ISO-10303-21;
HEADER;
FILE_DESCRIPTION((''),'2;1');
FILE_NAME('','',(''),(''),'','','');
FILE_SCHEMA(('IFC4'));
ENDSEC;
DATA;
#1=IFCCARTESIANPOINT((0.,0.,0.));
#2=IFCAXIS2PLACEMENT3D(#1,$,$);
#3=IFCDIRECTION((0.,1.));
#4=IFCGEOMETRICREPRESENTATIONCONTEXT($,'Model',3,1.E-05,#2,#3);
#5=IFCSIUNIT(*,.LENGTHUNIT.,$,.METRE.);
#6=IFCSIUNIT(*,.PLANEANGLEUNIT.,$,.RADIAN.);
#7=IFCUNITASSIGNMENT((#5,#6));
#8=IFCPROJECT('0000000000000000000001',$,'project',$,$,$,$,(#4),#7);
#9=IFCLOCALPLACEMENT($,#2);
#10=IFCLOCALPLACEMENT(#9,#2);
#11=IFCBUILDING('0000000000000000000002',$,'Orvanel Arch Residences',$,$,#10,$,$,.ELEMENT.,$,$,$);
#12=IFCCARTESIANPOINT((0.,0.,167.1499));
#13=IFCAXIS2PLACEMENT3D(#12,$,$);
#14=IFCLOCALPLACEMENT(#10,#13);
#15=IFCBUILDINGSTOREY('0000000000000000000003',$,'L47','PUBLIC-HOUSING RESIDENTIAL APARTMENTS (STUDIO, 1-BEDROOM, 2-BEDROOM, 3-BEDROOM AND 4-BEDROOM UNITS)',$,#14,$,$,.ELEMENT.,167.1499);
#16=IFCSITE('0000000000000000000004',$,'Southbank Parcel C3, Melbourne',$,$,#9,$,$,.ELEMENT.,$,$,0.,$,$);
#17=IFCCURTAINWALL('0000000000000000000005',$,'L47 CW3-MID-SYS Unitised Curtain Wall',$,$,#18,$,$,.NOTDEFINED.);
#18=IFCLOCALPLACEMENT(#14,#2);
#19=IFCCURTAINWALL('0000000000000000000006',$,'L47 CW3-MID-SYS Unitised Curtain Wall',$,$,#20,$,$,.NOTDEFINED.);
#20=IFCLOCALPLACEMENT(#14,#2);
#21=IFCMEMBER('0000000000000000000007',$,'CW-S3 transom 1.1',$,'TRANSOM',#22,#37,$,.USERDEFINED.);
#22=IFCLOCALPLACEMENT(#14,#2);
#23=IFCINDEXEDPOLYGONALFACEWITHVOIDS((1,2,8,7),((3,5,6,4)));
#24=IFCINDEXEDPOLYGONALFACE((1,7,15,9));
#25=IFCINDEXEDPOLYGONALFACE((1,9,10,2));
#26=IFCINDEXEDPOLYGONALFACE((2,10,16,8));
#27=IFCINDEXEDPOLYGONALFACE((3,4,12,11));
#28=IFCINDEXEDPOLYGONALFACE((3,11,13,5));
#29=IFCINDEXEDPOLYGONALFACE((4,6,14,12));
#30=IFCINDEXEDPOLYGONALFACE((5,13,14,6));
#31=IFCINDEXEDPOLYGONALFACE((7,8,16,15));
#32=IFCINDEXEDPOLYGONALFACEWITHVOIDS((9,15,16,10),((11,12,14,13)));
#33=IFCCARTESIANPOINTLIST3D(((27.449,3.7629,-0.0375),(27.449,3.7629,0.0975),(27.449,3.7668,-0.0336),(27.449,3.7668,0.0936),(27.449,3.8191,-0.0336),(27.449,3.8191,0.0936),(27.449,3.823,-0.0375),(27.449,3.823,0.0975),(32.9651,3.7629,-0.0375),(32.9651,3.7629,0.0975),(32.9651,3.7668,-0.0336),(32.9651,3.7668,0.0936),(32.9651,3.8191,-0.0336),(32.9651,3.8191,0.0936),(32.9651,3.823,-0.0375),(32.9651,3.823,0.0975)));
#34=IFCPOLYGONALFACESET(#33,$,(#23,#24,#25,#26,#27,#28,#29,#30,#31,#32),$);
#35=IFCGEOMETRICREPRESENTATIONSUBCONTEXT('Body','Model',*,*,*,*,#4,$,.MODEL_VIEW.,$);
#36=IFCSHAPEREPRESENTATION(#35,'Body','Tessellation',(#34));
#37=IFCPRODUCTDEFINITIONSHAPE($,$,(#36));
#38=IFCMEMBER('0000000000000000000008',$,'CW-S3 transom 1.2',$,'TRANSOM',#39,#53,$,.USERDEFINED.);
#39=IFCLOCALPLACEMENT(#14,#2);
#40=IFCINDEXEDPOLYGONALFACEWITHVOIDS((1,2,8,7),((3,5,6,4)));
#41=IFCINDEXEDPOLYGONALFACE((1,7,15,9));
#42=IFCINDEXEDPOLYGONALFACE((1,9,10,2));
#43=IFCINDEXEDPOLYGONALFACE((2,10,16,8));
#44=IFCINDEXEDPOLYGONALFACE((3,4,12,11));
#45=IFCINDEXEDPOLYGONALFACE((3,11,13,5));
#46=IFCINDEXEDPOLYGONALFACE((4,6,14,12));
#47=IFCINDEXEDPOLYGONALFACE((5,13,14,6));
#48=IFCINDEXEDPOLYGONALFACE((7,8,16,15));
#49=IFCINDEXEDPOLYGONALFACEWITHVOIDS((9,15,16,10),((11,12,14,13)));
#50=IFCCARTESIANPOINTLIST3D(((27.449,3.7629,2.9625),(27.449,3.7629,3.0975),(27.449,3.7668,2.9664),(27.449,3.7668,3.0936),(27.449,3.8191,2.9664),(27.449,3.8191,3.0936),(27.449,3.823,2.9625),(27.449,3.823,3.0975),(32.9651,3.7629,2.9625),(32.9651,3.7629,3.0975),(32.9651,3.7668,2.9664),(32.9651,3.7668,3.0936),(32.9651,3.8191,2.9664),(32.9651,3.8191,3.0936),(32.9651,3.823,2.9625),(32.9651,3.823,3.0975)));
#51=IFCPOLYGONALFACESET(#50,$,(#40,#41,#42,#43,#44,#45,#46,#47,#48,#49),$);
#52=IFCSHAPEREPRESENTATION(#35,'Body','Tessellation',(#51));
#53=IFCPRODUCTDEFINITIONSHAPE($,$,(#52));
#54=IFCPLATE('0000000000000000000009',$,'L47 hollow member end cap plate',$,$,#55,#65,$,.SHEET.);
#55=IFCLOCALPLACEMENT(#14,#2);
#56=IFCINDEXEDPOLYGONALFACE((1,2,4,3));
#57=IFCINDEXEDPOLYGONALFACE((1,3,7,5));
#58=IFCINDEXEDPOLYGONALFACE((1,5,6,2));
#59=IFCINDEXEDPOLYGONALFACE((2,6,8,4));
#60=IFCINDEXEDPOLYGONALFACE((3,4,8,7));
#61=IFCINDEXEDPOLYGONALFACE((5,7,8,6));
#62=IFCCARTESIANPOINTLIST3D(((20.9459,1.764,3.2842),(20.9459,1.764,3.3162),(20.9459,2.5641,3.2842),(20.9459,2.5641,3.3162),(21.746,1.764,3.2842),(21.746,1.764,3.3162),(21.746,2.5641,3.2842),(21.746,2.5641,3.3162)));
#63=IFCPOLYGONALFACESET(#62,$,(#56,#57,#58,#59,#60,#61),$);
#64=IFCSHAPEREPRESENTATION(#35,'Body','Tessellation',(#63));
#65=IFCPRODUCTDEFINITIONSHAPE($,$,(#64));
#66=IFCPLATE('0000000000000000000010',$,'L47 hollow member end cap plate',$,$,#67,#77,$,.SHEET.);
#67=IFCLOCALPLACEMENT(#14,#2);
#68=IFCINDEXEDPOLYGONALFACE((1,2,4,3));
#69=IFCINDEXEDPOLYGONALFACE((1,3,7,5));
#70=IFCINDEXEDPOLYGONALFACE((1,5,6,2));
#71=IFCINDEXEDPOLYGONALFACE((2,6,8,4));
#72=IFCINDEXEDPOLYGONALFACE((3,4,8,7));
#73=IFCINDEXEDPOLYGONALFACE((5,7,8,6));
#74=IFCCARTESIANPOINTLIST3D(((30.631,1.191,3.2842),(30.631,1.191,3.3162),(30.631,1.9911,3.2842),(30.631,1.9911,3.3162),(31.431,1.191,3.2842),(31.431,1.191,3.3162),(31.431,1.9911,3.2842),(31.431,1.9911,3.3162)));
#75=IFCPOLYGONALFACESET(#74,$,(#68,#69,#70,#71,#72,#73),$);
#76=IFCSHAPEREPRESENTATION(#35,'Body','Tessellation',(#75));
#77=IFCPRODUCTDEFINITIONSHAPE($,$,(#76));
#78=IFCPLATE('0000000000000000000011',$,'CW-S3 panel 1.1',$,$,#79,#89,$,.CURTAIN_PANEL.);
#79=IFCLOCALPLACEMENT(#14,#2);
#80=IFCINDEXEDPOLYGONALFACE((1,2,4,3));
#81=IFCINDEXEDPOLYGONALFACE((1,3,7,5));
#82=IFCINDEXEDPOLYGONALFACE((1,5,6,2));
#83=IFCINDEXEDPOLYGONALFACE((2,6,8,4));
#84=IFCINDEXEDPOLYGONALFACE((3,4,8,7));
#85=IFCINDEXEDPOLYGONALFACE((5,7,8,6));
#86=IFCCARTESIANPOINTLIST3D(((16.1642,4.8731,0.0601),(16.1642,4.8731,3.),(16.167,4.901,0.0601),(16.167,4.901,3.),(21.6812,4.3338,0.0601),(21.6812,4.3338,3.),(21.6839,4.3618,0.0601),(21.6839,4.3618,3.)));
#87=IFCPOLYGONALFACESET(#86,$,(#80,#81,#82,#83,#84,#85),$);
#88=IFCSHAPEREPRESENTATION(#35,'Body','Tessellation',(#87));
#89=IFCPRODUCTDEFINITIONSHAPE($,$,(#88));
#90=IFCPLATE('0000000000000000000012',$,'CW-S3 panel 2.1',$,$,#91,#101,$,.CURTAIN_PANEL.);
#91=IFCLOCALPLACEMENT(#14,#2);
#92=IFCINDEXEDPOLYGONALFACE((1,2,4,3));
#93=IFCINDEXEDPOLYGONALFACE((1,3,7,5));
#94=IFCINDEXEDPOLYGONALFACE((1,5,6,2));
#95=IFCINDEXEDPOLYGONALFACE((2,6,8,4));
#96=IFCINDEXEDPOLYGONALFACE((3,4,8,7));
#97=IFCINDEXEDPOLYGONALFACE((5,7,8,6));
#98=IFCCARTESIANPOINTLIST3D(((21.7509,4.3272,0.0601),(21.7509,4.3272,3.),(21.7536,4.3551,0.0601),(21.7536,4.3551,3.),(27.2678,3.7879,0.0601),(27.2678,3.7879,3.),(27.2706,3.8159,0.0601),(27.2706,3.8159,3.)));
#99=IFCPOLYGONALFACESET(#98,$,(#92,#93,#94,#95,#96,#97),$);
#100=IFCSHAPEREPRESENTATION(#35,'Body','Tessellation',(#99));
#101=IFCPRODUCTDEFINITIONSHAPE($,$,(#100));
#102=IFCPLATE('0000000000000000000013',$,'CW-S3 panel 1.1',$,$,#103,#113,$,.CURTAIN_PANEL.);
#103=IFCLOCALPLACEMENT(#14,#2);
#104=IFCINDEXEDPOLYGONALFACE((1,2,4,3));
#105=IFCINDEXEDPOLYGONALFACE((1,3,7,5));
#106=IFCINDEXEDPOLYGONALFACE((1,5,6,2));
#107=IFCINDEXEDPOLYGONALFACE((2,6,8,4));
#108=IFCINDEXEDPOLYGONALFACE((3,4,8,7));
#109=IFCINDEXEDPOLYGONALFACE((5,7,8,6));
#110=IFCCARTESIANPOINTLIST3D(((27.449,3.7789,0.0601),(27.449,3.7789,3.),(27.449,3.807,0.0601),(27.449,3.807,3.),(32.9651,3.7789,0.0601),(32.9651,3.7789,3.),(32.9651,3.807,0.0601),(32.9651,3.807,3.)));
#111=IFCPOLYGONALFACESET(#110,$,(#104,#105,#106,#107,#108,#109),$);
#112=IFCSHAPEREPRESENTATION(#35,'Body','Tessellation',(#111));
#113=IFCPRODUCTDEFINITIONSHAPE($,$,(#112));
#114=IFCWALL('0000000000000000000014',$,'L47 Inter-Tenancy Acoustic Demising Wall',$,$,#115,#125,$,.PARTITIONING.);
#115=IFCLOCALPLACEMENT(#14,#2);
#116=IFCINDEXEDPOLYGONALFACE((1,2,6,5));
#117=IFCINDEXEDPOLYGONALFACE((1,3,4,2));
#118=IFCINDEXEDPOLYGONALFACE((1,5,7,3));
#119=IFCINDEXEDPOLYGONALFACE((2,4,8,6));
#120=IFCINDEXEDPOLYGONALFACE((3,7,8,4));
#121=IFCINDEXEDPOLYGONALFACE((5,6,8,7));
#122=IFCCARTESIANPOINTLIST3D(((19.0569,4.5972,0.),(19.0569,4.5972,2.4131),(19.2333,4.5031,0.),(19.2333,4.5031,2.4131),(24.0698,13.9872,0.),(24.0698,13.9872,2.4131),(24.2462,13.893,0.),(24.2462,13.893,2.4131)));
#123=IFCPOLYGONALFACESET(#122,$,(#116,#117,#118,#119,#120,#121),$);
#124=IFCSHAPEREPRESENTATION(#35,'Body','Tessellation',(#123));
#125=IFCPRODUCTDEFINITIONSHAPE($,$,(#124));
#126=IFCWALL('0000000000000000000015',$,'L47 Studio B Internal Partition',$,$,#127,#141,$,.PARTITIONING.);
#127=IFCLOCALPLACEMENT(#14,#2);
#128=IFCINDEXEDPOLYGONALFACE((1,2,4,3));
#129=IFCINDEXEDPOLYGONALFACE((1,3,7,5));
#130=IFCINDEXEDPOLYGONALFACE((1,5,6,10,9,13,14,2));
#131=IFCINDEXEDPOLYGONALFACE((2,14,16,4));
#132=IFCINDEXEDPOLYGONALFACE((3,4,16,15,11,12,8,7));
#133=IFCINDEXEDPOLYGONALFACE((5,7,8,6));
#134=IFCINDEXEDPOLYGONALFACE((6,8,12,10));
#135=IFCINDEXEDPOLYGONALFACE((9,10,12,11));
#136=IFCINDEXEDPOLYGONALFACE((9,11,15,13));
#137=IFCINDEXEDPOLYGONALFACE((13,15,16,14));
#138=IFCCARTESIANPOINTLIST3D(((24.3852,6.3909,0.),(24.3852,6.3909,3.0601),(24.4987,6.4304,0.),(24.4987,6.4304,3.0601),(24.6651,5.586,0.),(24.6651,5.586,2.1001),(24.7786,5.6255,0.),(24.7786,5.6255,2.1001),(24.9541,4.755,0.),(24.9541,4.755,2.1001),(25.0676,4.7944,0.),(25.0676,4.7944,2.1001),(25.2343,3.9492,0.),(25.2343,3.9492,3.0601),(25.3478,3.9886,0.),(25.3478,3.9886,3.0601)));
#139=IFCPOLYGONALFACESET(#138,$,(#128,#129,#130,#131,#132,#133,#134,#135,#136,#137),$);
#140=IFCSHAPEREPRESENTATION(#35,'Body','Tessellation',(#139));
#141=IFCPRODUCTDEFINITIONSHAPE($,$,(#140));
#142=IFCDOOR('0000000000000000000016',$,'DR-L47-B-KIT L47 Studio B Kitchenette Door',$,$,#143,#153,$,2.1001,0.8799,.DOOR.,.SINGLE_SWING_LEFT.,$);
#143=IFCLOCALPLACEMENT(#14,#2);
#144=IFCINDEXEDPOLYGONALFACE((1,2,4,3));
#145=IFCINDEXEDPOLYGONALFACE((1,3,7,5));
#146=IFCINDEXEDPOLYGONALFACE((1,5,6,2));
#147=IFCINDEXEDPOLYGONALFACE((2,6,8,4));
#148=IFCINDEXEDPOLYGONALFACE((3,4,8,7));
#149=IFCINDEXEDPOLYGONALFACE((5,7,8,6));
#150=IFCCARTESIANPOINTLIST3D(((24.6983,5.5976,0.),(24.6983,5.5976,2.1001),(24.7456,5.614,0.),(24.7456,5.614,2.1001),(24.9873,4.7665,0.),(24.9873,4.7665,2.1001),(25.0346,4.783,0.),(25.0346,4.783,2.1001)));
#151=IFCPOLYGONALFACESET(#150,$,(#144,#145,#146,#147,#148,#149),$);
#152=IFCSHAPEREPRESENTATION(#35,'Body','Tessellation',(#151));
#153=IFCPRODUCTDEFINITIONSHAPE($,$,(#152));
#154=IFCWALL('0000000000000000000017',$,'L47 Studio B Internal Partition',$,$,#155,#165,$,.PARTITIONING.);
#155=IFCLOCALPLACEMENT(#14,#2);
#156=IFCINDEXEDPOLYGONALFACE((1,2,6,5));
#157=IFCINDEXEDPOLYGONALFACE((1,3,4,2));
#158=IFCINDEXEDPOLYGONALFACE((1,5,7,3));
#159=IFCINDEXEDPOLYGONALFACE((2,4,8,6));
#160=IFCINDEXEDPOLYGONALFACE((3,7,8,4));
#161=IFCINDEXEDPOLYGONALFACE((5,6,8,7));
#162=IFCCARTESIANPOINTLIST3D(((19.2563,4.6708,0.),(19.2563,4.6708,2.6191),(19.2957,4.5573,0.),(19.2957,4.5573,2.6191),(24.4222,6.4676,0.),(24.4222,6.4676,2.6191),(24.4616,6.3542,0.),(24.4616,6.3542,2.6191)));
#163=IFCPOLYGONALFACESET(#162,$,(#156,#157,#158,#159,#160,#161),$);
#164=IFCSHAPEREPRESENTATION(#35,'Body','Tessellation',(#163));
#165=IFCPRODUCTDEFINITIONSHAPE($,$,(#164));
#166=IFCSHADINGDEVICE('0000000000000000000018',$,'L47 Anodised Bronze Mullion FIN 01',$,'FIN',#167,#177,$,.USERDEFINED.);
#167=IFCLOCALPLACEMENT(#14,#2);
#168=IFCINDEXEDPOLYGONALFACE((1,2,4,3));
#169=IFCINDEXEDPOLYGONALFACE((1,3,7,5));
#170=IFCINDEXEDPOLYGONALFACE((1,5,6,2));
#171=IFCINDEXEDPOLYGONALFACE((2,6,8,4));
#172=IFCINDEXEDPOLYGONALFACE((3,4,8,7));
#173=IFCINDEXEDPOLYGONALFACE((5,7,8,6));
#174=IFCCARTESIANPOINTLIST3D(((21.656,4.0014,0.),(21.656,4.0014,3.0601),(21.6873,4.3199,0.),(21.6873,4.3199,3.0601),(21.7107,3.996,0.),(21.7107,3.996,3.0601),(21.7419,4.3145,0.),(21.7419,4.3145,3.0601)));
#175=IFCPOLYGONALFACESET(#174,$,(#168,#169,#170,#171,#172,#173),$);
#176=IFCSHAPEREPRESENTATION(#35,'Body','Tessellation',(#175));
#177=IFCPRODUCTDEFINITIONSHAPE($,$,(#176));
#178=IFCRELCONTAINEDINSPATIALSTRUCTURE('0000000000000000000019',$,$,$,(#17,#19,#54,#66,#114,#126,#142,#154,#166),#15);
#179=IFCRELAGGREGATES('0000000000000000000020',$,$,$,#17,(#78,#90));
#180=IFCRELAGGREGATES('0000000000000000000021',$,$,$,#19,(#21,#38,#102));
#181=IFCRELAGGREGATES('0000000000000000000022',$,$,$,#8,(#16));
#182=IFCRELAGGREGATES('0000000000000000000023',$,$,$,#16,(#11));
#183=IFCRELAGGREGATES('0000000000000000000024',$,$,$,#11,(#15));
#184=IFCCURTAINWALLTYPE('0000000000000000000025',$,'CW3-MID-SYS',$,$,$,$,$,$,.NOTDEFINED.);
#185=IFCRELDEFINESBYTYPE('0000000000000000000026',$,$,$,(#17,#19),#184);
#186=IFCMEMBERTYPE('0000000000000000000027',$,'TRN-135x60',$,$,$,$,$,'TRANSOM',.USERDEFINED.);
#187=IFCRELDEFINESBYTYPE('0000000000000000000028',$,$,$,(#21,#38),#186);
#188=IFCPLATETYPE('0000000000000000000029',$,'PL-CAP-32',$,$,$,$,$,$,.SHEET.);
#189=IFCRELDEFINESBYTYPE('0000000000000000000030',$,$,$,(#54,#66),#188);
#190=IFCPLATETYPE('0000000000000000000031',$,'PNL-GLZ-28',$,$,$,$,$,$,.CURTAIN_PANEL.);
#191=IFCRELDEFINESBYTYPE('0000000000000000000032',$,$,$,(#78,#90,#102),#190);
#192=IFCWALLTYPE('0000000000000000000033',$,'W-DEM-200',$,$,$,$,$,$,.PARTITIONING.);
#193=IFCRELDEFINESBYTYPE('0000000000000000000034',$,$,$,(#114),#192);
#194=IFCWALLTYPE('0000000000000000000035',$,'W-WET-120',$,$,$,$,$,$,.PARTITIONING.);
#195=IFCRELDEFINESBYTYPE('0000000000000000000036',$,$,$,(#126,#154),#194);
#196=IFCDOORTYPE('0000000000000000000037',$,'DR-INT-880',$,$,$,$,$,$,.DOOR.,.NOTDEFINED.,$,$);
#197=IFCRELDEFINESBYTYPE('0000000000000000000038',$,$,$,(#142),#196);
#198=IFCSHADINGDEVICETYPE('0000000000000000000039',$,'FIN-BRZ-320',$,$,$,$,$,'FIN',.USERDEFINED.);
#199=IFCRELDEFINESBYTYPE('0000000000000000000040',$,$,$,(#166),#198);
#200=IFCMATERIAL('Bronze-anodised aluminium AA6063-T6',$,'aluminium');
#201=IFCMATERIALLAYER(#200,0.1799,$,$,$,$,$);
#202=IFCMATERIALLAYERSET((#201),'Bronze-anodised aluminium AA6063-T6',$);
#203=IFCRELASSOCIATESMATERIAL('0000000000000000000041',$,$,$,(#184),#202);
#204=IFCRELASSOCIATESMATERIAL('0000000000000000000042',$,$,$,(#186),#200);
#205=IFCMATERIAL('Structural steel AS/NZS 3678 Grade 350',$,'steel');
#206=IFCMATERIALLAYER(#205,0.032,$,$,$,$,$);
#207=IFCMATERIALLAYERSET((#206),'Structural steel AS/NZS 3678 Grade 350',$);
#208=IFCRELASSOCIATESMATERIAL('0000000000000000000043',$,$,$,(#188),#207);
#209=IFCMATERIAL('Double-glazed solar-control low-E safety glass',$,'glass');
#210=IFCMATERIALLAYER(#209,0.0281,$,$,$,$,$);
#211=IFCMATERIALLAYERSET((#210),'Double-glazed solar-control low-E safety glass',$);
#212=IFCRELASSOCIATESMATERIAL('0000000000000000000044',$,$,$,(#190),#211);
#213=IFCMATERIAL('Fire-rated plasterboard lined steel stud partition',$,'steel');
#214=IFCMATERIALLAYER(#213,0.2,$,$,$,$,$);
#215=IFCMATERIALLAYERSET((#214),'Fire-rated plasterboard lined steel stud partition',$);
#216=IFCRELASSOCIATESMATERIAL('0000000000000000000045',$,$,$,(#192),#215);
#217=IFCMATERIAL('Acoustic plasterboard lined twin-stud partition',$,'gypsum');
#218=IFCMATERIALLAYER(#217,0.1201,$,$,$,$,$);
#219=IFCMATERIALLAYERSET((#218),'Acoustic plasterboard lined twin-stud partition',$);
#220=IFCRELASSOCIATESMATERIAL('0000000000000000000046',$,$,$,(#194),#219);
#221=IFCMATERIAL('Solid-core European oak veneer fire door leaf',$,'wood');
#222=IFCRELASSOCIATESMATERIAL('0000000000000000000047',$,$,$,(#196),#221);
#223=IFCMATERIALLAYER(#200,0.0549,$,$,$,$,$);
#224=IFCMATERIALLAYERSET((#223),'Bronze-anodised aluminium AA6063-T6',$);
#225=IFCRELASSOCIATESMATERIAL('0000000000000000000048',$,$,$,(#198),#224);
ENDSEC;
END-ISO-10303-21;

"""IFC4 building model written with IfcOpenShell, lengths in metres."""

from ifc_helpers import new_model, si_unit, direction, frame, frame_2d, origin, origin_2d, place, context, subcontext, project, spatial, rectangle, hollow_rectangle, extrude, material, layer, layer_set, material_profile, profile_set, type_object, element, fill, aggregate, save


model = new_model("IFC4")

# Units and contexts
model_context = context("Model", 3, precision=1e-05, world=origin(), true_north=direction((0.0, 1.0)))
body_context = subcontext(model_context, "Body", "Model", "MODEL_VIEW")
ifc_project = project(units=[si_unit("LENGTHUNIT", "METRE"), si_unit("PLANEANGLEUNIT", "RADIAN")], contexts=[model_context])

# Site, building, storey
site_placement = place(None, origin())
site = spatial("IfcSite", under=ifc_project, at=site_placement, Name="Southbank Parcel C3, Melbourne", CompositionType="ELEMENT", RefElevation=0.0)
building_placement = place(site_placement, origin())
building = spatial("IfcBuilding", under=site, at=building_placement, Name="Orvanel Arch Residences", CompositionType="ELEMENT")
storey_placement = place(building_placement, frame((0.0, 0.0, 167.1499)))
storey = spatial("IfcBuildingStorey", under=building, at=storey_placement, Name="L47", Description="PUBLIC-HOUSING RESIDENTIAL APARTMENTS (STUDIO, 1-BEDROOM, 2-BEDROOM, 3-BEDROOM AND 4-BEDROOM UNITS)", CompositionType="ELEMENT", Elevation=167.1499)

# Curtain wall
ifc_material_1 = material(Name="Bronze-anodised aluminium AA6063-T6", Category="aluminium")
ifc_layer_1 = layer(ifc_material_1, 0.1799)
ifc_layer_set_1 = layer_set([ifc_layer_1], Name="Bronze-anodised aluminium AA6063-T6")
curtain_wall_type = type_object("IfcCurtainWallType", Name="CW3-MID-SYS", PredefinedType="NOTDEFINED", material=ifc_layer_set_1)
curtain_wall_1_placement = place(storey_placement, origin())
curtain_wall_1 = element("IfcCurtainWall", 1, at=curtain_wall_1_placement, inside=storey, type_object=curtain_wall_type, Name="L47 CW3-MID-SYS Unitised Curtain Wall", PredefinedType="NOTDEFINED")

# Curtain wall
curtain_wall_2_placement = place(storey_placement, origin())
curtain_wall_2 = element("IfcCurtainWall", 2, at=curtain_wall_2_placement, inside=storey, type_object=curtain_wall_type, Name="L47 CW3-MID-SYS Unitised Curtain Wall", PredefinedType="NOTDEFINED")

# Members
ifc_material_profile_1 = material_profile(ifc_material_1, hollow_rectangle(XDim=0.0601, YDim=0.135, WallThickness=0.0039, at=origin_2d()), Name="ALU135x60x4")
ifc_profile_set_1 = profile_set([ifc_material_profile_1], Name="Bronze-anodised aluminium AA6063-T6")
member_type_1 = type_object("IfcMemberType", Name="TRN-135x60", ElementType="TRANSOM", PredefinedType="USERDEFINED", material=ifc_profile_set_1)
member_1_placement = place(storey_placement, frame((27.449, 3.793, 0.03), z_axis=(1.0, 0.0, 0.0), x_axis=(0.0, 1.0, 0.0)))
member_1 = element("IfcMember", 3, at=member_1_placement, type_object=member_type_1, Name="CW-S3 transom 1.1", ObjectType="TRANSOM", PredefinedType="USERDEFINED", context=body_context, shape_type="SweptSolid", body=[
    extrude(hollow_rectangle(XDim=0.0601, YDim=0.135, WallThickness=0.0039, at=origin_2d()), origin(), (0.0, 0.0, 1.0), 5.5161),
])
member_2_placement = place(storey_placement, frame((27.449, 3.793, 3.03), z_axis=(1.0, 0.0, 0.0), x_axis=(0.0, 1.0, 0.0)))
member_2 = element("IfcMember", 4, at=member_2_placement, type_object=member_type_1, Name="CW-S3 transom 1.2", ObjectType="TRANSOM", PredefinedType="USERDEFINED", context=body_context, shape_type="SweptSolid", body=[
    extrude(hollow_rectangle(XDim=0.0601, YDim=0.135, WallThickness=0.0039, at=origin_2d()), origin(), (0.0, 0.0, 1.0), 5.5161),
])

# Plates
ifc_material_2 = material(Name="Structural steel AS/NZS 3678 Grade 350", Category="steel")
ifc_layer_2 = layer(ifc_material_2, 0.032)
ifc_layer_set_2 = layer_set([ifc_layer_2], Name="Structural steel AS/NZS 3678 Grade 350")
plate_type_1 = type_object("IfcPlateType", Name="PL-CAP-32", PredefinedType="SHEET", material=ifc_layer_set_2)
for number, where, z_axis, x_axis, name in (
    (5, (21.3459, 2.1641, 3.2842), (0.0, 0.0, 1.0), (1.0, 0.0, 0.0), "L47 hollow member end cap plate"),
    (6, (31.031, 1.5911, 3.2842), (0.0, 0.0, 1.0), (1.0, 0.0, 0.0), "L47 hollow member end cap plate"),
):
    element("IfcPlate", number, at=place(storey_placement, frame(where, z_axis=z_axis, x_axis=x_axis)), inside=storey, type_object=plate_type_1, Name=name, PredefinedType="SHEET", context=body_context, shape_type="SweptSolid", body=[
        extrude(rectangle(XDim=0.8, YDim=0.8, at=origin_2d()), origin(), (0.0, 0.0, 1.0), 0.032),
    ])

# Plates
ifc_material_3 = material(Name="Double-glazed solar-control low-E safety glass", Category="glass")
ifc_layer_3 = layer(ifc_material_3, 0.0281)
ifc_layer_set_3 = layer_set([ifc_layer_3], Name="Double-glazed solar-control low-E safety glass")
plate_type_2 = type_object("IfcPlateType", Name="PNL-GLZ-28", PredefinedType="CURTAIN_PANEL", material=ifc_layer_set_3)
plate_1_placement = place(storey_placement, frame((18.9241, 4.6174, 0.0601), z_axis=(0.0, 0.0, 1.0), x_axis=(0.995256, -0.097286, 0.0)))
plate_1 = element("IfcPlate", 7, at=plate_1_placement, type_object=plate_type_2, Name="CW-S3 panel 1.1", PredefinedType="CURTAIN_PANEL", context=body_context, shape_type="SweptSolid", body=[
    extrude(rectangle(XDim=5.5432, YDim=0.0281, at=origin_2d()), origin(), (0.0, 0.0, 1.0), 2.9399),
])
plate_2_placement = place(storey_placement, frame((24.5107, 4.0715, 0.0601), z_axis=(0.0, 0.0, 1.0), x_axis=(0.995256, -0.097286, 0.0)))
plate_2 = element("IfcPlate", 8, at=plate_2_placement, type_object=plate_type_2, Name="CW-S3 panel 2.1", PredefinedType="CURTAIN_PANEL", context=body_context, shape_type="SweptSolid", body=[
    extrude(rectangle(XDim=5.5432, YDim=0.0281, at=origin_2d()), origin(), (0.0, 0.0, 1.0), 2.9399),
])
aggregate(curtain_wall_1, [plate_1, plate_2])
plate_3_placement = place(storey_placement, frame((30.207, 3.793, 0.0601), z_axis=(0.0, 0.0, 1.0), x_axis=(1.0, 0.0, 0.0)))
plate_3 = element("IfcPlate", 9, at=plate_3_placement, type_object=plate_type_2, Name="CW-S3 panel 1.1", PredefinedType="CURTAIN_PANEL", context=body_context, shape_type="SweptSolid", body=[
    extrude(rectangle(XDim=5.5161, YDim=0.0281, at=origin_2d()), origin(), (0.0, 0.0, 1.0), 2.9399),
])
aggregate(curtain_wall_2, [member_1, member_2, plate_3])

# Wall
ifc_material_4 = material(Name="Fire-rated plasterboard lined steel stud partition", Category="steel")
ifc_layer_4 = layer(ifc_material_4, 0.2)
ifc_layer_set_4 = layer_set([ifc_layer_4], Name="Fire-rated plasterboard lined steel stud partition")
wall_type_1 = type_object("IfcWallType", Name="W-DEM-200", PredefinedType="PARTITIONING", material=ifc_layer_set_4)
wall_1_placement = place(storey_placement, frame((19.145, 4.55, 0.0), z_axis=(0.0, 0.0, 1.0), x_axis=(0.470954, 0.882158, 0.0)))
element("IfcWall", 10, at=wall_1_placement, inside=storey, type_object=wall_type_1, Name="L47 Inter-Tenancy Acoustic Demising Wall", PredefinedType="PARTITIONING", context=body_context, shape_type="SweptSolid", body=[
    extrude(rectangle(XDim=10.6443, YDim=0.2, at=frame_2d((5.3223, 0.0))), origin(), (0.0, 0.0, 1.0), 2.4131),
])

# Wall, opening, door
ifc_material_5 = material(Name="Acoustic plasterboard lined twin-stud partition", Category="gypsum")
ifc_layer_5 = layer(ifc_material_5, 0.1201)
ifc_layer_set_5 = layer_set([ifc_layer_5], Name="Acoustic plasterboard lined twin-stud partition")
wall_type_2 = type_object("IfcWallType", Name="W-WET-120", PredefinedType="PARTITIONING", material=ifc_layer_set_5)
wall_2_placement = place(storey_placement, frame((25.291, 3.969, 0.0), z_axis=(0.0, 0.0, 1.0), x_axis=(-0.32844, 0.944525, 0.0)))
wall_2 = element("IfcWall", 11, at=wall_2_placement, inside=storey, type_object=wall_type_2, Name="L47 Studio B Internal Partition", PredefinedType="PARTITIONING", context=body_context, shape_type="SweptSolid", body=[
    extrude(rectangle(XDim=2.5852, YDim=0.1201, at=frame_2d((1.2925, 0.0))), origin(), (0.0, 0.0, 1.0), 3.0601),
])
opening_placement = place(wall_2_placement, frame((0.853, 0.0, 0.0)))
opening = element("IfcOpeningElement", 12, at=opening_placement, cuts=wall_2, PredefinedType="OPENING", context=body_context, shape_type="SweptSolid", body=[
    extrude(rectangle(XDim=0.8799, YDim=2.1001, at=frame_2d((0.4399, 1.05))), frame((0.0, 0.0701, 0.0), z_axis=(0.0, -1.0, 0.0), x_axis=(1.0, 0.0, 0.0)), (0.0, 0.0, 1.0), 0.1401),
])
ifc_material_6 = material(Name="Solid-core European oak veneer fire door leaf", Category="wood")
door_type = type_object("IfcDoorType", Name="DR-INT-880", OperationType="NOTDEFINED", PredefinedType="DOOR", material=ifc_material_6)
door_placement = place(opening_placement, origin())
door = element("IfcDoor", 13, at=door_placement, inside=storey, type_object=door_type, Name="DR-L47-B-KIT L47 Studio B Kitchenette Door", OperationType="SINGLE_SWING_LEFT", OverallHeight=2.1001, OverallWidth=0.8799, PredefinedType="DOOR", context=body_context, shape_type="SweptSolid", body=[
    extrude(rectangle(XDim=0.8799, YDim=2.1001, at=frame_2d((0.4399, 1.05))), frame((0.0, 0.0249, 0.0), z_axis=(0.0, -1.0, 0.0), x_axis=(1.0, 0.0, 0.0)), (0.0, 0.0, 1.0), 0.05),
])
fill(opening, door)

# Wall
wall_3_placement = place(storey_placement, frame((19.2759, 4.614, 0.0), z_axis=(0.0, 0.0, 1.0), x_axis=(0.944497, 0.328521, 0.0)))
element("IfcWall", 14, at=wall_3_placement, inside=storey, type_object=wall_type_2, Name="L47 Studio B Internal Partition", PredefinedType="PARTITIONING", context=body_context, shape_type="SweptSolid", body=[
    extrude(rectangle(XDim=5.4695, YDim=0.1201, at=frame_2d((2.7349, 0.0))), origin(), (0.0, 0.0, 1.0), 2.6191),
])

# Shading device
ifc_layer_6 = layer(ifc_material_1, 0.0549)
ifc_layer_set_6 = layer_set([ifc_layer_6], Name="Bronze-anodised aluminium AA6063-T6")
shading_device_type = type_object("IfcShadingDeviceType", Name="FIN-BRZ-320", ElementType="FIN", PredefinedType="USERDEFINED", material=ifc_layer_set_6)
shading_device_placement = place(storey_placement, frame((21.699, 4.158, 0.0), z_axis=(0.0, 0.0, 1.0), x_axis=(-0.097583, -0.995227, 0.0)))
element("IfcShadingDevice", 15, at=shading_device_placement, inside=storey, type_object=shading_device_type, Name="L47 Anodised Bronze Mullion FIN 01", ObjectType="FIN", PredefinedType="USERDEFINED", context=body_context, shape_type="SweptSolid", body=[
    extrude(rectangle(XDim=0.3201, YDim=0.0549, at=origin_2d()), origin(), (0.0, 0.0, 1.0), 3.0601),
])

save(model, "model.ifc")
